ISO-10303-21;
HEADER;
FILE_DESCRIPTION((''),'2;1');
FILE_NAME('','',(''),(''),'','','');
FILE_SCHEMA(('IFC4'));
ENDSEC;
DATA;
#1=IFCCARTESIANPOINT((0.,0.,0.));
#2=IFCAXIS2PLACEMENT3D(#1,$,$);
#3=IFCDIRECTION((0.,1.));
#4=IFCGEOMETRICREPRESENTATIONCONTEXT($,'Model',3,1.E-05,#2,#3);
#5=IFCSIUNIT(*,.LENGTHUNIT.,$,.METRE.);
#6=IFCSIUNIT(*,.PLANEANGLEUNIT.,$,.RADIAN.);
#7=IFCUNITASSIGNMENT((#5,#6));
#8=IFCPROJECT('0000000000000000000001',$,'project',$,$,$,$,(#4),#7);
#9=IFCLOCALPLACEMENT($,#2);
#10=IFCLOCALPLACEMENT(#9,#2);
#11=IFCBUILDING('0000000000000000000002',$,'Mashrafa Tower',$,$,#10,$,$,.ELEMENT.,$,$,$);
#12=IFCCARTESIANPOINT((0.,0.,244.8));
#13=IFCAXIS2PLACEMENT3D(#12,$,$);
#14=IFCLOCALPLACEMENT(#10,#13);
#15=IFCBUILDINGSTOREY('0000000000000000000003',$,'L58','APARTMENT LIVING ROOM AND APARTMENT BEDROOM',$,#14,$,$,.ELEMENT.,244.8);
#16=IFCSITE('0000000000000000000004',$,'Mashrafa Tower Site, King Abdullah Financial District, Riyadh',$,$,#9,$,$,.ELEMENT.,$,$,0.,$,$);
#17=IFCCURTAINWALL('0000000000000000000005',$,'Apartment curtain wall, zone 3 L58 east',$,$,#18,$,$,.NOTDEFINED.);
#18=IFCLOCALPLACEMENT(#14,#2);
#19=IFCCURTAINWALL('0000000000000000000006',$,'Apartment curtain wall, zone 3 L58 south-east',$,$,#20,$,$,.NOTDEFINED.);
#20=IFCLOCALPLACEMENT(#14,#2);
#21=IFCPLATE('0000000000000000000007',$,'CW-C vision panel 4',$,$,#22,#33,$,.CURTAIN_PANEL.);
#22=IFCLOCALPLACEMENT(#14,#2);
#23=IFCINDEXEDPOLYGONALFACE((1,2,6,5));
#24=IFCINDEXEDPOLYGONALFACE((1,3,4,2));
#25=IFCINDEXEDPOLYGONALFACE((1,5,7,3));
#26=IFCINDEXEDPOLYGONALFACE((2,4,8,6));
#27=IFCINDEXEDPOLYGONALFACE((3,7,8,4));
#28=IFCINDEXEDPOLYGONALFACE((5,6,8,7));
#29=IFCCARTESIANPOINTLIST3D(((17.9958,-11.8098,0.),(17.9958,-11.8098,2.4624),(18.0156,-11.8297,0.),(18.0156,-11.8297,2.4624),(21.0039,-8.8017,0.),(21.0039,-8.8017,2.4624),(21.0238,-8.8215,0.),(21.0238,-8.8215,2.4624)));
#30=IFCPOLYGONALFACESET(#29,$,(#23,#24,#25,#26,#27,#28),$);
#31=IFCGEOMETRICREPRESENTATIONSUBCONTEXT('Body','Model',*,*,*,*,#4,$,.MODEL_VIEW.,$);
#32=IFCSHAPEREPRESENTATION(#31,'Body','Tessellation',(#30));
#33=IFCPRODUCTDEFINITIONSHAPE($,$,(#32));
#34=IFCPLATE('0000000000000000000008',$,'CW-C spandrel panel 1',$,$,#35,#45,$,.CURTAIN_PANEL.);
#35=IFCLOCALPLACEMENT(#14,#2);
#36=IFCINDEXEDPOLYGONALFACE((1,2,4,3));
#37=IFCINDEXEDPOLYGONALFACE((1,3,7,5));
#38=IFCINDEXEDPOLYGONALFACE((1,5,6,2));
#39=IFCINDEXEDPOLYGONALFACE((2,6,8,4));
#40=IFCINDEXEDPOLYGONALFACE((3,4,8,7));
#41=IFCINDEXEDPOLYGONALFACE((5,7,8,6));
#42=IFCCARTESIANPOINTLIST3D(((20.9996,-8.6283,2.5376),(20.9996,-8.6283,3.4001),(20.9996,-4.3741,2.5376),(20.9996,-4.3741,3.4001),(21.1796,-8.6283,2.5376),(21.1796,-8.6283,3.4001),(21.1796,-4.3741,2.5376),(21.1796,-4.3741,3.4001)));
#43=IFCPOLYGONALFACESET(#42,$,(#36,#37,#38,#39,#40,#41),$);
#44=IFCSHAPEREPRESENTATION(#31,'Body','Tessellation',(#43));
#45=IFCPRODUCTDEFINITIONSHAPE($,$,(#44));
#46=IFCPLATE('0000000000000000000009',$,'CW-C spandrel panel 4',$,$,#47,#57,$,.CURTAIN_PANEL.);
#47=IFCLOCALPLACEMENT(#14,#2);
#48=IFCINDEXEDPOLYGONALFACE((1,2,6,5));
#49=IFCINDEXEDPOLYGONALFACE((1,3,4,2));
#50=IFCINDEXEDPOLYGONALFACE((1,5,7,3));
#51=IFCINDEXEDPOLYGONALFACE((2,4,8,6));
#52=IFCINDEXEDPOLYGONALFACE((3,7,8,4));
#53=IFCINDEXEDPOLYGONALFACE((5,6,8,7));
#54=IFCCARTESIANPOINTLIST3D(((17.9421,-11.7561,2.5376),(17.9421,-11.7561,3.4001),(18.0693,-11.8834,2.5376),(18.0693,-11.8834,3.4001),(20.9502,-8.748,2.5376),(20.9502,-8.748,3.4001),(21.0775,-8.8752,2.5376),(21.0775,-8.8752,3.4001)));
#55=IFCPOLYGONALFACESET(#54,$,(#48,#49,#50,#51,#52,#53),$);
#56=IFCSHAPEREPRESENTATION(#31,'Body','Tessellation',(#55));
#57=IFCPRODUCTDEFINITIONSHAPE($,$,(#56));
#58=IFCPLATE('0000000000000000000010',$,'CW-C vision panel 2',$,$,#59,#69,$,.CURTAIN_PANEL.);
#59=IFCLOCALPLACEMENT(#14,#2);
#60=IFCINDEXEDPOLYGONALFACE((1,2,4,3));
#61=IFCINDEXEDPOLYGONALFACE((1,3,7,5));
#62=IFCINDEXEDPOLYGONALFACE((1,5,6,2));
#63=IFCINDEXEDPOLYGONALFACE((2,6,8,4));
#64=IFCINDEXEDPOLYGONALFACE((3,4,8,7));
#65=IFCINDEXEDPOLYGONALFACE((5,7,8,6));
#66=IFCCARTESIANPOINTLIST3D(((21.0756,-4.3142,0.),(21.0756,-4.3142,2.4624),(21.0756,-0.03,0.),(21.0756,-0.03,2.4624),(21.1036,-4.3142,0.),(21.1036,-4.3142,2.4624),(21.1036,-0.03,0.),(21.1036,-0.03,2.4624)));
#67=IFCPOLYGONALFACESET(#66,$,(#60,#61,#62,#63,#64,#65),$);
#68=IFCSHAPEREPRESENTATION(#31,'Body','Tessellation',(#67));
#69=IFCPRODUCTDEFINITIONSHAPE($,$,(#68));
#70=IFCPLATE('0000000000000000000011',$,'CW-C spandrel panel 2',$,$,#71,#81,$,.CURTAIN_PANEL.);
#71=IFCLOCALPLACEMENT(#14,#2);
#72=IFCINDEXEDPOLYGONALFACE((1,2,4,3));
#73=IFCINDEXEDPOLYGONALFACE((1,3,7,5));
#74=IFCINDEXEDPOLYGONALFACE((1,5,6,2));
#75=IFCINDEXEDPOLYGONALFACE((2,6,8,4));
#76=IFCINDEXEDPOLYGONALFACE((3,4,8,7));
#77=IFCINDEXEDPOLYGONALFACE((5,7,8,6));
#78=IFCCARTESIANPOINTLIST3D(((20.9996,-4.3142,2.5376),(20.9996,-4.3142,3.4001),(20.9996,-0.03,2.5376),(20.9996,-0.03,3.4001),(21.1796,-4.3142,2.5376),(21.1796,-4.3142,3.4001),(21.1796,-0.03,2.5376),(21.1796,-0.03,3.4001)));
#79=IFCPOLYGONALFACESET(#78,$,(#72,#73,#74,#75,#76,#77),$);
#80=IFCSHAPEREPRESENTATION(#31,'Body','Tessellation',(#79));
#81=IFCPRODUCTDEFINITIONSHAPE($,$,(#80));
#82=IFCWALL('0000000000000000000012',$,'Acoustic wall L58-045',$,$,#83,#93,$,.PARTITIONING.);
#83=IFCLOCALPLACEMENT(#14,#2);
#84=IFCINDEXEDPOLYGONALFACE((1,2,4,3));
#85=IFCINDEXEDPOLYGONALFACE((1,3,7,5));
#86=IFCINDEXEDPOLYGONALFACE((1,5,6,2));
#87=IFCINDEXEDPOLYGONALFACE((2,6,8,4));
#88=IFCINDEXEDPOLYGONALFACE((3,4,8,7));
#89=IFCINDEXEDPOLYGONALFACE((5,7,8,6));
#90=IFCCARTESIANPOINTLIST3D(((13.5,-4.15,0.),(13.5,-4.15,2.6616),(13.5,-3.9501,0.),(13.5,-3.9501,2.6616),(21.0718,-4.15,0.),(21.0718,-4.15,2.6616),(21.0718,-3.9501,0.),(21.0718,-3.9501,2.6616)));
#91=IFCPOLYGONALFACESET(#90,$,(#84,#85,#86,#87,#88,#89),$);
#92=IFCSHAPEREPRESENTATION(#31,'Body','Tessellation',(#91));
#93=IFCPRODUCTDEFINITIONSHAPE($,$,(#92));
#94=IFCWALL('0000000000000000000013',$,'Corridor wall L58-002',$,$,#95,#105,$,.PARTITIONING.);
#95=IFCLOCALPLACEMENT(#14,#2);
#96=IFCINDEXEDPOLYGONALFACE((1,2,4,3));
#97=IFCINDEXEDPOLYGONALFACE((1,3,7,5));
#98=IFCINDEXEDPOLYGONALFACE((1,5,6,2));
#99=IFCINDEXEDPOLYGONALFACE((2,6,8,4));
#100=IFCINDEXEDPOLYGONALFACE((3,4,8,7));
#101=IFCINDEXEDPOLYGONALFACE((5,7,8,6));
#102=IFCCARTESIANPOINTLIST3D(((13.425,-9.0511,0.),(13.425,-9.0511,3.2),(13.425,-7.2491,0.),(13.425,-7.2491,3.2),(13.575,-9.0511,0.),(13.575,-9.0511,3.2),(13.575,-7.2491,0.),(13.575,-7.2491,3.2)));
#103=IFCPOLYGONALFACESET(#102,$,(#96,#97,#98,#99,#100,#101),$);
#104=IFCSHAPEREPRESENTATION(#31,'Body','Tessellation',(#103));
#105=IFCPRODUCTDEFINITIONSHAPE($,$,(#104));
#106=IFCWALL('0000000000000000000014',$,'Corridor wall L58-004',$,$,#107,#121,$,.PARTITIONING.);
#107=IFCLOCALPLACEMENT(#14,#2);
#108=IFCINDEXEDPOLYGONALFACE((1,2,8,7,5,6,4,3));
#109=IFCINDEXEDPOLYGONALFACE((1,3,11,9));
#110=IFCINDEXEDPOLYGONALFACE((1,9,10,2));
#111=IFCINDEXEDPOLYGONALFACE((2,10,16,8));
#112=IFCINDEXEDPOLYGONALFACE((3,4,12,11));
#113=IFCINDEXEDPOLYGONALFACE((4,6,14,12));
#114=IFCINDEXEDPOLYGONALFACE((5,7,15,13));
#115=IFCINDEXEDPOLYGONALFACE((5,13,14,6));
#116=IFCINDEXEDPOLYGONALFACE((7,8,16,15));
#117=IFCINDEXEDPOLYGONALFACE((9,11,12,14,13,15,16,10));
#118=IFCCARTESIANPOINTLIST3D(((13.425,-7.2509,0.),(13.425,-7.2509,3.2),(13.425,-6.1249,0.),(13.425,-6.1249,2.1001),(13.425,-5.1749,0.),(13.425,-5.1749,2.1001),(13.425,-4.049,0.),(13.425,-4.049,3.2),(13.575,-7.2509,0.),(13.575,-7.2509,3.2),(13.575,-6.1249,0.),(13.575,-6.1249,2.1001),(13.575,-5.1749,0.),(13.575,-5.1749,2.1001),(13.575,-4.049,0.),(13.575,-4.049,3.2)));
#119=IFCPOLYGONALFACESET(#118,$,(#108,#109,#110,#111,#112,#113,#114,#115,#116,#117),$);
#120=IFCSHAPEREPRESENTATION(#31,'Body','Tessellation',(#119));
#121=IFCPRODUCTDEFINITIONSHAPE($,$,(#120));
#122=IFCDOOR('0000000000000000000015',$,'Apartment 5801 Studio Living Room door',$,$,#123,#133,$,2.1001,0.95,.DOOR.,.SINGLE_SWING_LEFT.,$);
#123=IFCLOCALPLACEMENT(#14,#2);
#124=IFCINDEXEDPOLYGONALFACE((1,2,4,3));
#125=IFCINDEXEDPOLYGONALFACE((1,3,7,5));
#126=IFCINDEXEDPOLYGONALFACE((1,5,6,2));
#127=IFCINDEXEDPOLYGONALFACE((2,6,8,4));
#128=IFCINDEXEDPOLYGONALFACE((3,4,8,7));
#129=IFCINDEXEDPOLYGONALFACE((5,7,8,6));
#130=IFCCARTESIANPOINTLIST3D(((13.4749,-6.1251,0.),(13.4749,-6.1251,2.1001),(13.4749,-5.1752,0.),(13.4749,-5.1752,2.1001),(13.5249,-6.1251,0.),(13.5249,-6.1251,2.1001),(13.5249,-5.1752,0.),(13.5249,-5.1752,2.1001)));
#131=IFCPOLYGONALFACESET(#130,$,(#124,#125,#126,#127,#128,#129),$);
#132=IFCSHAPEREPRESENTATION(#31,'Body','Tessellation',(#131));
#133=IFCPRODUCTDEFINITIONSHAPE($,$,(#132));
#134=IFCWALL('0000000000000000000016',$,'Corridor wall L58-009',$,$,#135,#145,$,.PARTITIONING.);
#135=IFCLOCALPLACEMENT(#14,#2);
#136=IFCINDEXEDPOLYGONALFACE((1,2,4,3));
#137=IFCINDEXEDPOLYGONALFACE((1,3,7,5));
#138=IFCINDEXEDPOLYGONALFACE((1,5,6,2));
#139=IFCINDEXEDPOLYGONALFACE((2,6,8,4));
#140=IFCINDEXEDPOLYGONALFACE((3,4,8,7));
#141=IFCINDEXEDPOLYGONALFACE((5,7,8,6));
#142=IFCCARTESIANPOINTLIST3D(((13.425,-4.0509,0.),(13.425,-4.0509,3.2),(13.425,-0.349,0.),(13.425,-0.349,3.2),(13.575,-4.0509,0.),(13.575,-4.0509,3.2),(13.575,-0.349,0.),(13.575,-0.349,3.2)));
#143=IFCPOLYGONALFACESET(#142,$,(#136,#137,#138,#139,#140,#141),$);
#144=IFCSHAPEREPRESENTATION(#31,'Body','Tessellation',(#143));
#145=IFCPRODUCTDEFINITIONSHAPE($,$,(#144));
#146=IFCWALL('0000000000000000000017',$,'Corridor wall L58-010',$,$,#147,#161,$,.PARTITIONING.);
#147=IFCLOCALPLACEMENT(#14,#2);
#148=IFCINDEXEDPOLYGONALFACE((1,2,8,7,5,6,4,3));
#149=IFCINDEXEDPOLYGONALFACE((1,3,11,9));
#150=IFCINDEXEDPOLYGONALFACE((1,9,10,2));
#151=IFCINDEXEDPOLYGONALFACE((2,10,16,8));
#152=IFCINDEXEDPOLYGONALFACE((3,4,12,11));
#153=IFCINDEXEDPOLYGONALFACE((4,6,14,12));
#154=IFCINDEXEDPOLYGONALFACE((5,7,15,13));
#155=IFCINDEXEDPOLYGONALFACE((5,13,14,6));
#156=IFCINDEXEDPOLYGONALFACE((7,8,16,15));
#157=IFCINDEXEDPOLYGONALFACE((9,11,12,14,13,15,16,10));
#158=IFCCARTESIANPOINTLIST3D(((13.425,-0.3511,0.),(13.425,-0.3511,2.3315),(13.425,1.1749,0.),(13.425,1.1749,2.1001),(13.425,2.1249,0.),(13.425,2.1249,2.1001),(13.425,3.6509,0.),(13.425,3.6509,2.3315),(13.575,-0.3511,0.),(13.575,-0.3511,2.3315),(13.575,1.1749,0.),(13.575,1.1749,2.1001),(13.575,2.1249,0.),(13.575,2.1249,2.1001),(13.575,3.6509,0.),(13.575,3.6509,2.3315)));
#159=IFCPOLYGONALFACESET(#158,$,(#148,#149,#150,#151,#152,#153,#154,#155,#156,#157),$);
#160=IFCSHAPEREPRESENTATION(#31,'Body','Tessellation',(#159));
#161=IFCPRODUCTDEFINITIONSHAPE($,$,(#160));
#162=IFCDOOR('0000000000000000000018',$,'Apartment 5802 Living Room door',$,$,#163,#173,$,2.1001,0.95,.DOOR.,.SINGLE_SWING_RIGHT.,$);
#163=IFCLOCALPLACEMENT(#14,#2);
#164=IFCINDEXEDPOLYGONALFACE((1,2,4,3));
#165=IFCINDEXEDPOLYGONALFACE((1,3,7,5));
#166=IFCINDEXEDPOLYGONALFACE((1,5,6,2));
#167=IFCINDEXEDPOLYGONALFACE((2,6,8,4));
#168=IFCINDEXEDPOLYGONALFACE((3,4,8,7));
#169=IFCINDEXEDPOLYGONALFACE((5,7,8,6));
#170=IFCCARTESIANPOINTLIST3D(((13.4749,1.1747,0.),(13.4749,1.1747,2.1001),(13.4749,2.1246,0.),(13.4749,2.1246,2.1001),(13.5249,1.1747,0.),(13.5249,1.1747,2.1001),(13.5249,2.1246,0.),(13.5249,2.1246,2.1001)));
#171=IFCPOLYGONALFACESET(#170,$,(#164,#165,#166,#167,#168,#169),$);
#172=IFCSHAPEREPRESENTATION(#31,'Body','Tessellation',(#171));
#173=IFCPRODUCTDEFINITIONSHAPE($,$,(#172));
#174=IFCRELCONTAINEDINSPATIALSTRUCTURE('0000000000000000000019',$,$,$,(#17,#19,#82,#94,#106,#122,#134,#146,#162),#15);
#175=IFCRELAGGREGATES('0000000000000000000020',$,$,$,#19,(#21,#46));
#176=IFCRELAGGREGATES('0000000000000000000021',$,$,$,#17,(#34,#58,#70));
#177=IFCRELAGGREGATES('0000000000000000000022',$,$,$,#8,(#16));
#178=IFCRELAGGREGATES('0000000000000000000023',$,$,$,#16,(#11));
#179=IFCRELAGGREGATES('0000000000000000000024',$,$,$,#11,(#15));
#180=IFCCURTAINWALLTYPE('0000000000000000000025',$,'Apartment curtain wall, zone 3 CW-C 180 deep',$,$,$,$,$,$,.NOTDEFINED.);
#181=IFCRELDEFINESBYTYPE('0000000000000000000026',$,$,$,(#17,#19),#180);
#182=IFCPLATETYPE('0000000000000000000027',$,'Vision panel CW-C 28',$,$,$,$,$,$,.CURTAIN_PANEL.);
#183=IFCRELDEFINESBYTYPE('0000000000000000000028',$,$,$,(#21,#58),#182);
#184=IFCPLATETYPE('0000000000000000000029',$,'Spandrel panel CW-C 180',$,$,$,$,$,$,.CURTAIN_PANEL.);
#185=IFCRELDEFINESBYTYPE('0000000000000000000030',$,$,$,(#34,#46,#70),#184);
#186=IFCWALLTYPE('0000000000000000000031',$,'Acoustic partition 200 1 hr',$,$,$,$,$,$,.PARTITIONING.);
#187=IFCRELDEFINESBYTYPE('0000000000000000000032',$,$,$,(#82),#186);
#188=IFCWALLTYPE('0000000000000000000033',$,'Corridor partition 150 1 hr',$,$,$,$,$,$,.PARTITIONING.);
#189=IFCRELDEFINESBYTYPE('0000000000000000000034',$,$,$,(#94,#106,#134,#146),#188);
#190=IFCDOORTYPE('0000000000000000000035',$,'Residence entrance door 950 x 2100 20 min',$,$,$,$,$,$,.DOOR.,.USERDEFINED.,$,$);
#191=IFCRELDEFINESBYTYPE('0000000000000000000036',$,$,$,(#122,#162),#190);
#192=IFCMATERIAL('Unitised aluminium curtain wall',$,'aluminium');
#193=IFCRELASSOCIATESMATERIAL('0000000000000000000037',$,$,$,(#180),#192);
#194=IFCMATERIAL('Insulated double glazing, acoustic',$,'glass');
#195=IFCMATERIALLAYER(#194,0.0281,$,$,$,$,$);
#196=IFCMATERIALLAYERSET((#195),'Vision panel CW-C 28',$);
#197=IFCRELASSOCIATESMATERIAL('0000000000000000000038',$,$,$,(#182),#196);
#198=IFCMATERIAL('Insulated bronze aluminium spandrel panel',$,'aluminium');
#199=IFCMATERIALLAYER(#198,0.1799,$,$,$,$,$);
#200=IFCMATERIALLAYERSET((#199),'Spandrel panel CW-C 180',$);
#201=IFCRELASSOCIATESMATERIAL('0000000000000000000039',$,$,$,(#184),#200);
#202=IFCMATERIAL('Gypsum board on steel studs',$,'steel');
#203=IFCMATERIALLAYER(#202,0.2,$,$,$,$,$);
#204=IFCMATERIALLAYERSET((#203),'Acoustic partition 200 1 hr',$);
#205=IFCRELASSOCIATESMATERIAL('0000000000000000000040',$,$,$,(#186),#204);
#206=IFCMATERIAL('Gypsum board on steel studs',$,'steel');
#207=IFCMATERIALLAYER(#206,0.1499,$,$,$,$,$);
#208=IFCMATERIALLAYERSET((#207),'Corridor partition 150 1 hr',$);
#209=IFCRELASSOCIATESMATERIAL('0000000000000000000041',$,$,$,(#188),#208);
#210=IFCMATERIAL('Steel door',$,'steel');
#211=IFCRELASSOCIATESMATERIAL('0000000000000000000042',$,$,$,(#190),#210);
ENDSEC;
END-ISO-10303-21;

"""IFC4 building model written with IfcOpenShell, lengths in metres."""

from ifc_helpers import new_model, si_unit, direction, frame, frame_2d, origin, origin_2d, place, context, subcontext, project, spatial, rectangle, extrude, source, transform, mapped, material, layer, layer_set, type_object, type_shapes, element, fill, aggregate, save


model = new_model("IFC4")

# Units and contexts
model_context = context("Model", 3, precision=1e-05, world=origin(), true_north=direction((0.0, 1.0)))
body_context = subcontext(model_context, "Body", "Model", "MODEL_VIEW")
ifc_project = project(units=[si_unit("LENGTHUNIT", "METRE"), si_unit("PLANEANGLEUNIT", "RADIAN")], contexts=[model_context])

# Site, building, storey
site_placement = place(None, origin())
site = spatial("IfcSite", under=ifc_project, at=site_placement, Name="Mashrafa Tower Site, King Abdullah Financial District, Riyadh", CompositionType="ELEMENT", RefElevation=0.0)
building_placement = place(site_placement, origin())
building = spatial("IfcBuilding", under=site, at=building_placement, Name="Mashrafa Tower", CompositionType="ELEMENT")
storey_placement = place(building_placement, frame((0.0, 0.0, 244.8)))
storey = spatial("IfcBuildingStorey", under=building, at=storey_placement, Name="L58", Description="APARTMENT LIVING ROOM AND APARTMENT BEDROOM", CompositionType="ELEMENT", Elevation=244.8)

# Curtain wall
ifc_material_1 = material(Name="Unitised aluminium curtain wall", Category="aluminium")
curtain_wall_type = type_object("IfcCurtainWallType", Name="Apartment curtain wall, zone 3 CW-C 180 deep", PredefinedType="NOTDEFINED", material=ifc_material_1)
curtain_wall_1_placement = place(storey_placement, origin())
curtain_wall_1 = element("IfcCurtainWall", 1, at=curtain_wall_1_placement, inside=storey, type_object=curtain_wall_type, Name="Apartment curtain wall, zone 3 L58 east", PredefinedType="NOTDEFINED")

# Curtain wall
curtain_wall_2_placement = place(storey_placement, origin())
curtain_wall_2 = element("IfcCurtainWall", 2, at=curtain_wall_2_placement, inside=storey, type_object=curtain_wall_type, Name="Apartment curtain wall, zone 3 L58 south-east", PredefinedType="NOTDEFINED")

# Plates
ifc_material_2 = material(Name="Insulated double glazing, acoustic", Category="glass")
ifc_layer_1 = layer(ifc_material_2, 0.0281)
ifc_layer_set_1 = layer_set([ifc_layer_1], Name="Vision panel CW-C 28")
plate_type_1 = type_object("IfcPlateType", Name="Vision panel CW-C 28", PredefinedType="CURTAIN_PANEL", material=ifc_layer_set_1)
shared_shape_1 = source(origin(), body_context, "Body", "SweptSolid", [
    extrude(rectangle(XDim=4.2542, YDim=0.0281, at=origin_2d()), origin(), (0.0, 0.0, 1.0), 2.4624),
])
plate_1_placement = place(storey_placement, frame((19.5098, -10.3157, 0.0), z_axis=(0.0, 0.0, 1.0), x_axis=(0.707107, 0.707107, 0.0)))
plate_1 = element("IfcPlate", 3, at=plate_1_placement, type_object=plate_type_1, Name="CW-C vision panel 4", PredefinedType="CURTAIN_PANEL", context=body_context, shape_type="MappedRepresentation", body=[
    mapped(shared_shape_1, transform((0.0, 0.0, 0.0))),
])
ifc_material_3 = material(Name="Insulated bronze aluminium spandrel panel", Category="aluminium")
ifc_layer_2 = layer(ifc_material_3, 0.1799)
ifc_layer_set_2 = layer_set([ifc_layer_2], Name="Spandrel panel CW-C 180")
plate_type_2 = type_object("IfcPlateType", Name="Spandrel panel CW-C 180", PredefinedType="CURTAIN_PANEL", material=ifc_layer_set_2)
shared_shape_2 = source(origin(), body_context, "Body", "SweptSolid", [
    extrude(rectangle(XDim=4.2542, YDim=0.1799, at=origin_2d()), origin(), (0.0, 0.0, 1.0), 0.8625),
])
plate_2_placement = place(storey_placement, frame((21.0896, -6.5012, 2.5376), z_axis=(0.0, 0.0, 1.0), x_axis=(0.0, 1.0, 0.0)))
plate_2 = element("IfcPlate", 4, at=plate_2_placement, type_object=plate_type_2, Name="CW-C spandrel panel 1", PredefinedType="CURTAIN_PANEL", context=body_context, shape_type="MappedRepresentation", body=[
    mapped(shared_shape_2, transform((0.0, 0.0, 0.0))),
])
plate_3_placement = place(storey_placement, frame((19.5098, -10.3157, 2.5376), z_axis=(0.0, 0.0, 1.0), x_axis=(0.707107, 0.707107, 0.0)))
plate_3 = element("IfcPlate", 5, at=plate_3_placement, type_object=plate_type_2, Name="CW-C spandrel panel 4", PredefinedType="CURTAIN_PANEL", context=body_context, shape_type="MappedRepresentation", body=[
    mapped(shared_shape_2, transform((0.0, 0.0, 0.0))),
])
aggregate(curtain_wall_2, [plate_1, plate_3])
shared_shape_3 = source(origin(), body_context, "Body", "SweptSolid", [
    extrude(rectangle(XDim=4.2842, YDim=0.0281, at=origin_2d()), origin(), (0.0, 0.0, 1.0), 2.4624),
])
type_shapes(plate_type_1, [shared_shape_1, shared_shape_3])
plate_4_placement = place(storey_placement, frame((21.0896, -2.1721, 0.0), z_axis=(0.0, 0.0, 1.0), x_axis=(0.0, 1.0, 0.0)))
plate_4 = element("IfcPlate", 6, at=plate_4_placement, type_object=plate_type_1, Name="CW-C vision panel 2", PredefinedType="CURTAIN_PANEL", context=body_context, shape_type="MappedRepresentation", body=[
    mapped(shared_shape_3, transform((0.0, 0.0, 0.0))),
])
shared_shape_4 = source(origin(), body_context, "Body", "SweptSolid", [
    extrude(rectangle(XDim=4.2842, YDim=0.1799, at=origin_2d()), origin(), (0.0, 0.0, 1.0), 0.8625),
])
type_shapes(plate_type_2, [shared_shape_2, shared_shape_4])
plate_5_placement = place(storey_placement, frame((21.0896, -2.1721, 2.5376), z_axis=(0.0, 0.0, 1.0), x_axis=(0.0, 1.0, 0.0)))
plate_5 = element("IfcPlate", 7, at=plate_5_placement, type_object=plate_type_2, Name="CW-C spandrel panel 2", PredefinedType="CURTAIN_PANEL", context=body_context, shape_type="MappedRepresentation", body=[
    mapped(shared_shape_4, transform((0.0, 0.0, 0.0))),
])
aggregate(curtain_wall_1, [plate_2, plate_4, plate_5])

# Walls
ifc_material_4 = material(Name="Gypsum board on steel studs", Category="steel")
ifc_layer_3 = layer(ifc_material_4, 0.2)
ifc_layer_set_3 = layer_set([ifc_layer_3], Name="Acoustic partition 200 1 hr")
wall_type_1 = type_object("IfcWallType", Name="Acoustic partition 200 1 hr", PredefinedType="PARTITIONING", material=ifc_layer_set_3)
wall_1_placement = place(storey_placement, frame((21.0718, -4.05, 0.0), z_axis=(0.0, 0.0, 1.0), x_axis=(-1.0, 0.0, 0.0)))
element("IfcWall", 8, at=wall_1_placement, inside=storey, type_object=wall_type_1, Name="Acoustic wall L58-045", PredefinedType="PARTITIONING", context=body_context, shape_type="SweptSolid", body=[
    extrude(rectangle(XDim=7.5718, YDim=0.2, at=frame_2d((3.7859, 0.0))), origin(), (0.0, 0.0, 1.0), 2.6616),
])
ifc_material_5 = material(Name="Gypsum board on steel studs", Category="steel")
ifc_layer_4 = layer(ifc_material_5, 0.1499)
ifc_layer_set_4 = layer_set([ifc_layer_4], Name="Corridor partition 150 1 hr")
wall_type_2 = type_object("IfcWallType", Name="Corridor partition 150 1 hr", PredefinedType="PARTITIONING", material=ifc_layer_set_4)
wall_2_placement = place(storey_placement, frame((13.5, -9.051, 0.0), z_axis=(0.0, 0.0, 1.0), x_axis=(0.0, 1.0, 0.0)))
element("IfcWall", 9, at=wall_2_placement, inside=storey, type_object=wall_type_2, Name="Corridor wall L58-002", PredefinedType="PARTITIONING", context=body_context, shape_type="SweptSolid", body=[
    extrude(rectangle(XDim=1.802, YDim=0.1499, at=frame_2d((0.9009, 0.0))), origin(), (0.0, 0.0, 1.0), 3.2),
])

# Wall, opening, door
wall_3_placement = place(storey_placement, frame((13.5, -7.251, 0.0), z_axis=(0.0, 0.0, 1.0), x_axis=(0.0, 1.0, 0.0)))
wall_3 = element("IfcWall", 10, at=wall_3_placement, inside=storey, type_object=wall_type_2, Name="Corridor wall L58-004", PredefinedType="PARTITIONING", context=body_context, shape_type="SweptSolid", body=[
    extrude(rectangle(XDim=3.2019, YDim=0.1499, at=frame_2d((1.6011, 0.0))), origin(), (0.0, 0.0, 1.0), 3.2),
])
opening_1_placement = place(wall_3_placement, frame((1.126, 0.0, 0.0)))
opening_1 = element("IfcOpeningElement", 11, at=opening_1_placement, cuts=wall_3, PredefinedType="OPENING", context=body_context, shape_type="SweptSolid", body=[
    extrude(rectangle(XDim=0.95, YDim=2.1001, at=frame_2d((0.4751, 1.05))), frame((0.0, 0.085, 0.0), z_axis=(0.0, -1.0, 0.0), x_axis=(1.0, 0.0, 0.0)), (0.0, 0.0, 1.0), 0.1699),
])
ifc_material_6 = material(Name="Steel door", Category="steel")
door_type_1 = type_object("IfcDoorType", Name="Residence entrance door 950 x 2100 20 min", OperationType="USERDEFINED", PredefinedType="DOOR", material=ifc_material_6)
door_1_placement = place(opening_1_placement, frame((0.95, 0.0, 0.0), z_axis=(0.0, 0.0, 1.0), x_axis=(-1.0, 0.0, 0.0)))
door_1 = element("IfcDoor", 12, at=door_1_placement, inside=storey, type_object=door_type_1, Name="Apartment 5801 Studio Living Room door", OperationType="SINGLE_SWING_LEFT", OverallHeight=2.1001, OverallWidth=0.95, PredefinedType="DOOR", context=body_context, shape_type="SweptSolid", body=[
    extrude(rectangle(XDim=0.95, YDim=2.1001, at=frame_2d((0.4751, 1.05))), frame((0.0, 0.0249, 0.0), z_axis=(0.0, -1.0, 0.0), x_axis=(1.0, 0.0, 0.0)), (0.0, 0.0, 1.0), 0.05),
])
fill(opening_1, door_1)

# Wall
wall_4_placement = place(storey_placement, frame((13.5, -4.051, 0.0), z_axis=(0.0, 0.0, 1.0), x_axis=(0.0, 1.0, 0.0)))
element("IfcWall", 13, at=wall_4_placement, inside=storey, type_object=wall_type_2, Name="Corridor wall L58-009", PredefinedType="PARTITIONING", context=body_context, shape_type="SweptSolid", body=[
    extrude(rectangle(XDim=3.7019, YDim=0.1499, at=frame_2d((1.8511, 0.0))), origin(), (0.0, 0.0, 1.0), 3.2),
])

# Wall, opening, door
wall_5_placement = place(storey_placement, frame((13.5, -0.3511, 0.0), z_axis=(0.0, 0.0, 1.0), x_axis=(0.0, 1.0, 0.0)))
wall_5 = element("IfcWall", 14, at=wall_5_placement, inside=storey, type_object=wall_type_2, Name="Corridor wall L58-010", PredefinedType="PARTITIONING", context=body_context, shape_type="SweptSolid", body=[
    extrude(rectangle(XDim=4.002, YDim=0.1499, at=frame_2d((2.001, 0.0))), origin(), (0.0, 0.0, 1.0), 2.3315),
])
opening_2_placement = place(wall_5_placement, frame((1.5259, 0.0, 0.0)))
opening_2 = element("IfcOpeningElement", 15, at=opening_2_placement, cuts=wall_5, PredefinedType="OPENING", context=body_context, shape_type="SweptSolid", body=[
    extrude(rectangle(XDim=0.95, YDim=2.1001, at=frame_2d((0.4751, 1.05))), frame((0.0, 0.085, 0.0), z_axis=(0.0, -1.0, 0.0), x_axis=(1.0, 0.0, 0.0)), (0.0, 0.0, 1.0), 0.1699),
])
door_2_placement = place(opening_2_placement, frame((0.95, 0.0, 0.0), z_axis=(0.0, 0.0, 1.0), x_axis=(-1.0, 0.0, 0.0)))
door_2 = element("IfcDoor", 16, at=door_2_placement, inside=storey, type_object=door_type_1, Name="Apartment 5802 Living Room door", OperationType="SINGLE_SWING_RIGHT", OverallHeight=2.1001, OverallWidth=0.95, PredefinedType="DOOR", context=body_context, shape_type="SweptSolid", body=[
    extrude(rectangle(XDim=0.95, YDim=2.1001, at=frame_2d((0.4751, 1.05))), frame((0.0, 0.0249, 0.0), z_axis=(0.0, -1.0, 0.0), x_axis=(1.0, 0.0, 0.0)), (0.0, 0.0, 1.0), 0.05),
])
fill(opening_2, door_2)

save(model, "model.ifc")
